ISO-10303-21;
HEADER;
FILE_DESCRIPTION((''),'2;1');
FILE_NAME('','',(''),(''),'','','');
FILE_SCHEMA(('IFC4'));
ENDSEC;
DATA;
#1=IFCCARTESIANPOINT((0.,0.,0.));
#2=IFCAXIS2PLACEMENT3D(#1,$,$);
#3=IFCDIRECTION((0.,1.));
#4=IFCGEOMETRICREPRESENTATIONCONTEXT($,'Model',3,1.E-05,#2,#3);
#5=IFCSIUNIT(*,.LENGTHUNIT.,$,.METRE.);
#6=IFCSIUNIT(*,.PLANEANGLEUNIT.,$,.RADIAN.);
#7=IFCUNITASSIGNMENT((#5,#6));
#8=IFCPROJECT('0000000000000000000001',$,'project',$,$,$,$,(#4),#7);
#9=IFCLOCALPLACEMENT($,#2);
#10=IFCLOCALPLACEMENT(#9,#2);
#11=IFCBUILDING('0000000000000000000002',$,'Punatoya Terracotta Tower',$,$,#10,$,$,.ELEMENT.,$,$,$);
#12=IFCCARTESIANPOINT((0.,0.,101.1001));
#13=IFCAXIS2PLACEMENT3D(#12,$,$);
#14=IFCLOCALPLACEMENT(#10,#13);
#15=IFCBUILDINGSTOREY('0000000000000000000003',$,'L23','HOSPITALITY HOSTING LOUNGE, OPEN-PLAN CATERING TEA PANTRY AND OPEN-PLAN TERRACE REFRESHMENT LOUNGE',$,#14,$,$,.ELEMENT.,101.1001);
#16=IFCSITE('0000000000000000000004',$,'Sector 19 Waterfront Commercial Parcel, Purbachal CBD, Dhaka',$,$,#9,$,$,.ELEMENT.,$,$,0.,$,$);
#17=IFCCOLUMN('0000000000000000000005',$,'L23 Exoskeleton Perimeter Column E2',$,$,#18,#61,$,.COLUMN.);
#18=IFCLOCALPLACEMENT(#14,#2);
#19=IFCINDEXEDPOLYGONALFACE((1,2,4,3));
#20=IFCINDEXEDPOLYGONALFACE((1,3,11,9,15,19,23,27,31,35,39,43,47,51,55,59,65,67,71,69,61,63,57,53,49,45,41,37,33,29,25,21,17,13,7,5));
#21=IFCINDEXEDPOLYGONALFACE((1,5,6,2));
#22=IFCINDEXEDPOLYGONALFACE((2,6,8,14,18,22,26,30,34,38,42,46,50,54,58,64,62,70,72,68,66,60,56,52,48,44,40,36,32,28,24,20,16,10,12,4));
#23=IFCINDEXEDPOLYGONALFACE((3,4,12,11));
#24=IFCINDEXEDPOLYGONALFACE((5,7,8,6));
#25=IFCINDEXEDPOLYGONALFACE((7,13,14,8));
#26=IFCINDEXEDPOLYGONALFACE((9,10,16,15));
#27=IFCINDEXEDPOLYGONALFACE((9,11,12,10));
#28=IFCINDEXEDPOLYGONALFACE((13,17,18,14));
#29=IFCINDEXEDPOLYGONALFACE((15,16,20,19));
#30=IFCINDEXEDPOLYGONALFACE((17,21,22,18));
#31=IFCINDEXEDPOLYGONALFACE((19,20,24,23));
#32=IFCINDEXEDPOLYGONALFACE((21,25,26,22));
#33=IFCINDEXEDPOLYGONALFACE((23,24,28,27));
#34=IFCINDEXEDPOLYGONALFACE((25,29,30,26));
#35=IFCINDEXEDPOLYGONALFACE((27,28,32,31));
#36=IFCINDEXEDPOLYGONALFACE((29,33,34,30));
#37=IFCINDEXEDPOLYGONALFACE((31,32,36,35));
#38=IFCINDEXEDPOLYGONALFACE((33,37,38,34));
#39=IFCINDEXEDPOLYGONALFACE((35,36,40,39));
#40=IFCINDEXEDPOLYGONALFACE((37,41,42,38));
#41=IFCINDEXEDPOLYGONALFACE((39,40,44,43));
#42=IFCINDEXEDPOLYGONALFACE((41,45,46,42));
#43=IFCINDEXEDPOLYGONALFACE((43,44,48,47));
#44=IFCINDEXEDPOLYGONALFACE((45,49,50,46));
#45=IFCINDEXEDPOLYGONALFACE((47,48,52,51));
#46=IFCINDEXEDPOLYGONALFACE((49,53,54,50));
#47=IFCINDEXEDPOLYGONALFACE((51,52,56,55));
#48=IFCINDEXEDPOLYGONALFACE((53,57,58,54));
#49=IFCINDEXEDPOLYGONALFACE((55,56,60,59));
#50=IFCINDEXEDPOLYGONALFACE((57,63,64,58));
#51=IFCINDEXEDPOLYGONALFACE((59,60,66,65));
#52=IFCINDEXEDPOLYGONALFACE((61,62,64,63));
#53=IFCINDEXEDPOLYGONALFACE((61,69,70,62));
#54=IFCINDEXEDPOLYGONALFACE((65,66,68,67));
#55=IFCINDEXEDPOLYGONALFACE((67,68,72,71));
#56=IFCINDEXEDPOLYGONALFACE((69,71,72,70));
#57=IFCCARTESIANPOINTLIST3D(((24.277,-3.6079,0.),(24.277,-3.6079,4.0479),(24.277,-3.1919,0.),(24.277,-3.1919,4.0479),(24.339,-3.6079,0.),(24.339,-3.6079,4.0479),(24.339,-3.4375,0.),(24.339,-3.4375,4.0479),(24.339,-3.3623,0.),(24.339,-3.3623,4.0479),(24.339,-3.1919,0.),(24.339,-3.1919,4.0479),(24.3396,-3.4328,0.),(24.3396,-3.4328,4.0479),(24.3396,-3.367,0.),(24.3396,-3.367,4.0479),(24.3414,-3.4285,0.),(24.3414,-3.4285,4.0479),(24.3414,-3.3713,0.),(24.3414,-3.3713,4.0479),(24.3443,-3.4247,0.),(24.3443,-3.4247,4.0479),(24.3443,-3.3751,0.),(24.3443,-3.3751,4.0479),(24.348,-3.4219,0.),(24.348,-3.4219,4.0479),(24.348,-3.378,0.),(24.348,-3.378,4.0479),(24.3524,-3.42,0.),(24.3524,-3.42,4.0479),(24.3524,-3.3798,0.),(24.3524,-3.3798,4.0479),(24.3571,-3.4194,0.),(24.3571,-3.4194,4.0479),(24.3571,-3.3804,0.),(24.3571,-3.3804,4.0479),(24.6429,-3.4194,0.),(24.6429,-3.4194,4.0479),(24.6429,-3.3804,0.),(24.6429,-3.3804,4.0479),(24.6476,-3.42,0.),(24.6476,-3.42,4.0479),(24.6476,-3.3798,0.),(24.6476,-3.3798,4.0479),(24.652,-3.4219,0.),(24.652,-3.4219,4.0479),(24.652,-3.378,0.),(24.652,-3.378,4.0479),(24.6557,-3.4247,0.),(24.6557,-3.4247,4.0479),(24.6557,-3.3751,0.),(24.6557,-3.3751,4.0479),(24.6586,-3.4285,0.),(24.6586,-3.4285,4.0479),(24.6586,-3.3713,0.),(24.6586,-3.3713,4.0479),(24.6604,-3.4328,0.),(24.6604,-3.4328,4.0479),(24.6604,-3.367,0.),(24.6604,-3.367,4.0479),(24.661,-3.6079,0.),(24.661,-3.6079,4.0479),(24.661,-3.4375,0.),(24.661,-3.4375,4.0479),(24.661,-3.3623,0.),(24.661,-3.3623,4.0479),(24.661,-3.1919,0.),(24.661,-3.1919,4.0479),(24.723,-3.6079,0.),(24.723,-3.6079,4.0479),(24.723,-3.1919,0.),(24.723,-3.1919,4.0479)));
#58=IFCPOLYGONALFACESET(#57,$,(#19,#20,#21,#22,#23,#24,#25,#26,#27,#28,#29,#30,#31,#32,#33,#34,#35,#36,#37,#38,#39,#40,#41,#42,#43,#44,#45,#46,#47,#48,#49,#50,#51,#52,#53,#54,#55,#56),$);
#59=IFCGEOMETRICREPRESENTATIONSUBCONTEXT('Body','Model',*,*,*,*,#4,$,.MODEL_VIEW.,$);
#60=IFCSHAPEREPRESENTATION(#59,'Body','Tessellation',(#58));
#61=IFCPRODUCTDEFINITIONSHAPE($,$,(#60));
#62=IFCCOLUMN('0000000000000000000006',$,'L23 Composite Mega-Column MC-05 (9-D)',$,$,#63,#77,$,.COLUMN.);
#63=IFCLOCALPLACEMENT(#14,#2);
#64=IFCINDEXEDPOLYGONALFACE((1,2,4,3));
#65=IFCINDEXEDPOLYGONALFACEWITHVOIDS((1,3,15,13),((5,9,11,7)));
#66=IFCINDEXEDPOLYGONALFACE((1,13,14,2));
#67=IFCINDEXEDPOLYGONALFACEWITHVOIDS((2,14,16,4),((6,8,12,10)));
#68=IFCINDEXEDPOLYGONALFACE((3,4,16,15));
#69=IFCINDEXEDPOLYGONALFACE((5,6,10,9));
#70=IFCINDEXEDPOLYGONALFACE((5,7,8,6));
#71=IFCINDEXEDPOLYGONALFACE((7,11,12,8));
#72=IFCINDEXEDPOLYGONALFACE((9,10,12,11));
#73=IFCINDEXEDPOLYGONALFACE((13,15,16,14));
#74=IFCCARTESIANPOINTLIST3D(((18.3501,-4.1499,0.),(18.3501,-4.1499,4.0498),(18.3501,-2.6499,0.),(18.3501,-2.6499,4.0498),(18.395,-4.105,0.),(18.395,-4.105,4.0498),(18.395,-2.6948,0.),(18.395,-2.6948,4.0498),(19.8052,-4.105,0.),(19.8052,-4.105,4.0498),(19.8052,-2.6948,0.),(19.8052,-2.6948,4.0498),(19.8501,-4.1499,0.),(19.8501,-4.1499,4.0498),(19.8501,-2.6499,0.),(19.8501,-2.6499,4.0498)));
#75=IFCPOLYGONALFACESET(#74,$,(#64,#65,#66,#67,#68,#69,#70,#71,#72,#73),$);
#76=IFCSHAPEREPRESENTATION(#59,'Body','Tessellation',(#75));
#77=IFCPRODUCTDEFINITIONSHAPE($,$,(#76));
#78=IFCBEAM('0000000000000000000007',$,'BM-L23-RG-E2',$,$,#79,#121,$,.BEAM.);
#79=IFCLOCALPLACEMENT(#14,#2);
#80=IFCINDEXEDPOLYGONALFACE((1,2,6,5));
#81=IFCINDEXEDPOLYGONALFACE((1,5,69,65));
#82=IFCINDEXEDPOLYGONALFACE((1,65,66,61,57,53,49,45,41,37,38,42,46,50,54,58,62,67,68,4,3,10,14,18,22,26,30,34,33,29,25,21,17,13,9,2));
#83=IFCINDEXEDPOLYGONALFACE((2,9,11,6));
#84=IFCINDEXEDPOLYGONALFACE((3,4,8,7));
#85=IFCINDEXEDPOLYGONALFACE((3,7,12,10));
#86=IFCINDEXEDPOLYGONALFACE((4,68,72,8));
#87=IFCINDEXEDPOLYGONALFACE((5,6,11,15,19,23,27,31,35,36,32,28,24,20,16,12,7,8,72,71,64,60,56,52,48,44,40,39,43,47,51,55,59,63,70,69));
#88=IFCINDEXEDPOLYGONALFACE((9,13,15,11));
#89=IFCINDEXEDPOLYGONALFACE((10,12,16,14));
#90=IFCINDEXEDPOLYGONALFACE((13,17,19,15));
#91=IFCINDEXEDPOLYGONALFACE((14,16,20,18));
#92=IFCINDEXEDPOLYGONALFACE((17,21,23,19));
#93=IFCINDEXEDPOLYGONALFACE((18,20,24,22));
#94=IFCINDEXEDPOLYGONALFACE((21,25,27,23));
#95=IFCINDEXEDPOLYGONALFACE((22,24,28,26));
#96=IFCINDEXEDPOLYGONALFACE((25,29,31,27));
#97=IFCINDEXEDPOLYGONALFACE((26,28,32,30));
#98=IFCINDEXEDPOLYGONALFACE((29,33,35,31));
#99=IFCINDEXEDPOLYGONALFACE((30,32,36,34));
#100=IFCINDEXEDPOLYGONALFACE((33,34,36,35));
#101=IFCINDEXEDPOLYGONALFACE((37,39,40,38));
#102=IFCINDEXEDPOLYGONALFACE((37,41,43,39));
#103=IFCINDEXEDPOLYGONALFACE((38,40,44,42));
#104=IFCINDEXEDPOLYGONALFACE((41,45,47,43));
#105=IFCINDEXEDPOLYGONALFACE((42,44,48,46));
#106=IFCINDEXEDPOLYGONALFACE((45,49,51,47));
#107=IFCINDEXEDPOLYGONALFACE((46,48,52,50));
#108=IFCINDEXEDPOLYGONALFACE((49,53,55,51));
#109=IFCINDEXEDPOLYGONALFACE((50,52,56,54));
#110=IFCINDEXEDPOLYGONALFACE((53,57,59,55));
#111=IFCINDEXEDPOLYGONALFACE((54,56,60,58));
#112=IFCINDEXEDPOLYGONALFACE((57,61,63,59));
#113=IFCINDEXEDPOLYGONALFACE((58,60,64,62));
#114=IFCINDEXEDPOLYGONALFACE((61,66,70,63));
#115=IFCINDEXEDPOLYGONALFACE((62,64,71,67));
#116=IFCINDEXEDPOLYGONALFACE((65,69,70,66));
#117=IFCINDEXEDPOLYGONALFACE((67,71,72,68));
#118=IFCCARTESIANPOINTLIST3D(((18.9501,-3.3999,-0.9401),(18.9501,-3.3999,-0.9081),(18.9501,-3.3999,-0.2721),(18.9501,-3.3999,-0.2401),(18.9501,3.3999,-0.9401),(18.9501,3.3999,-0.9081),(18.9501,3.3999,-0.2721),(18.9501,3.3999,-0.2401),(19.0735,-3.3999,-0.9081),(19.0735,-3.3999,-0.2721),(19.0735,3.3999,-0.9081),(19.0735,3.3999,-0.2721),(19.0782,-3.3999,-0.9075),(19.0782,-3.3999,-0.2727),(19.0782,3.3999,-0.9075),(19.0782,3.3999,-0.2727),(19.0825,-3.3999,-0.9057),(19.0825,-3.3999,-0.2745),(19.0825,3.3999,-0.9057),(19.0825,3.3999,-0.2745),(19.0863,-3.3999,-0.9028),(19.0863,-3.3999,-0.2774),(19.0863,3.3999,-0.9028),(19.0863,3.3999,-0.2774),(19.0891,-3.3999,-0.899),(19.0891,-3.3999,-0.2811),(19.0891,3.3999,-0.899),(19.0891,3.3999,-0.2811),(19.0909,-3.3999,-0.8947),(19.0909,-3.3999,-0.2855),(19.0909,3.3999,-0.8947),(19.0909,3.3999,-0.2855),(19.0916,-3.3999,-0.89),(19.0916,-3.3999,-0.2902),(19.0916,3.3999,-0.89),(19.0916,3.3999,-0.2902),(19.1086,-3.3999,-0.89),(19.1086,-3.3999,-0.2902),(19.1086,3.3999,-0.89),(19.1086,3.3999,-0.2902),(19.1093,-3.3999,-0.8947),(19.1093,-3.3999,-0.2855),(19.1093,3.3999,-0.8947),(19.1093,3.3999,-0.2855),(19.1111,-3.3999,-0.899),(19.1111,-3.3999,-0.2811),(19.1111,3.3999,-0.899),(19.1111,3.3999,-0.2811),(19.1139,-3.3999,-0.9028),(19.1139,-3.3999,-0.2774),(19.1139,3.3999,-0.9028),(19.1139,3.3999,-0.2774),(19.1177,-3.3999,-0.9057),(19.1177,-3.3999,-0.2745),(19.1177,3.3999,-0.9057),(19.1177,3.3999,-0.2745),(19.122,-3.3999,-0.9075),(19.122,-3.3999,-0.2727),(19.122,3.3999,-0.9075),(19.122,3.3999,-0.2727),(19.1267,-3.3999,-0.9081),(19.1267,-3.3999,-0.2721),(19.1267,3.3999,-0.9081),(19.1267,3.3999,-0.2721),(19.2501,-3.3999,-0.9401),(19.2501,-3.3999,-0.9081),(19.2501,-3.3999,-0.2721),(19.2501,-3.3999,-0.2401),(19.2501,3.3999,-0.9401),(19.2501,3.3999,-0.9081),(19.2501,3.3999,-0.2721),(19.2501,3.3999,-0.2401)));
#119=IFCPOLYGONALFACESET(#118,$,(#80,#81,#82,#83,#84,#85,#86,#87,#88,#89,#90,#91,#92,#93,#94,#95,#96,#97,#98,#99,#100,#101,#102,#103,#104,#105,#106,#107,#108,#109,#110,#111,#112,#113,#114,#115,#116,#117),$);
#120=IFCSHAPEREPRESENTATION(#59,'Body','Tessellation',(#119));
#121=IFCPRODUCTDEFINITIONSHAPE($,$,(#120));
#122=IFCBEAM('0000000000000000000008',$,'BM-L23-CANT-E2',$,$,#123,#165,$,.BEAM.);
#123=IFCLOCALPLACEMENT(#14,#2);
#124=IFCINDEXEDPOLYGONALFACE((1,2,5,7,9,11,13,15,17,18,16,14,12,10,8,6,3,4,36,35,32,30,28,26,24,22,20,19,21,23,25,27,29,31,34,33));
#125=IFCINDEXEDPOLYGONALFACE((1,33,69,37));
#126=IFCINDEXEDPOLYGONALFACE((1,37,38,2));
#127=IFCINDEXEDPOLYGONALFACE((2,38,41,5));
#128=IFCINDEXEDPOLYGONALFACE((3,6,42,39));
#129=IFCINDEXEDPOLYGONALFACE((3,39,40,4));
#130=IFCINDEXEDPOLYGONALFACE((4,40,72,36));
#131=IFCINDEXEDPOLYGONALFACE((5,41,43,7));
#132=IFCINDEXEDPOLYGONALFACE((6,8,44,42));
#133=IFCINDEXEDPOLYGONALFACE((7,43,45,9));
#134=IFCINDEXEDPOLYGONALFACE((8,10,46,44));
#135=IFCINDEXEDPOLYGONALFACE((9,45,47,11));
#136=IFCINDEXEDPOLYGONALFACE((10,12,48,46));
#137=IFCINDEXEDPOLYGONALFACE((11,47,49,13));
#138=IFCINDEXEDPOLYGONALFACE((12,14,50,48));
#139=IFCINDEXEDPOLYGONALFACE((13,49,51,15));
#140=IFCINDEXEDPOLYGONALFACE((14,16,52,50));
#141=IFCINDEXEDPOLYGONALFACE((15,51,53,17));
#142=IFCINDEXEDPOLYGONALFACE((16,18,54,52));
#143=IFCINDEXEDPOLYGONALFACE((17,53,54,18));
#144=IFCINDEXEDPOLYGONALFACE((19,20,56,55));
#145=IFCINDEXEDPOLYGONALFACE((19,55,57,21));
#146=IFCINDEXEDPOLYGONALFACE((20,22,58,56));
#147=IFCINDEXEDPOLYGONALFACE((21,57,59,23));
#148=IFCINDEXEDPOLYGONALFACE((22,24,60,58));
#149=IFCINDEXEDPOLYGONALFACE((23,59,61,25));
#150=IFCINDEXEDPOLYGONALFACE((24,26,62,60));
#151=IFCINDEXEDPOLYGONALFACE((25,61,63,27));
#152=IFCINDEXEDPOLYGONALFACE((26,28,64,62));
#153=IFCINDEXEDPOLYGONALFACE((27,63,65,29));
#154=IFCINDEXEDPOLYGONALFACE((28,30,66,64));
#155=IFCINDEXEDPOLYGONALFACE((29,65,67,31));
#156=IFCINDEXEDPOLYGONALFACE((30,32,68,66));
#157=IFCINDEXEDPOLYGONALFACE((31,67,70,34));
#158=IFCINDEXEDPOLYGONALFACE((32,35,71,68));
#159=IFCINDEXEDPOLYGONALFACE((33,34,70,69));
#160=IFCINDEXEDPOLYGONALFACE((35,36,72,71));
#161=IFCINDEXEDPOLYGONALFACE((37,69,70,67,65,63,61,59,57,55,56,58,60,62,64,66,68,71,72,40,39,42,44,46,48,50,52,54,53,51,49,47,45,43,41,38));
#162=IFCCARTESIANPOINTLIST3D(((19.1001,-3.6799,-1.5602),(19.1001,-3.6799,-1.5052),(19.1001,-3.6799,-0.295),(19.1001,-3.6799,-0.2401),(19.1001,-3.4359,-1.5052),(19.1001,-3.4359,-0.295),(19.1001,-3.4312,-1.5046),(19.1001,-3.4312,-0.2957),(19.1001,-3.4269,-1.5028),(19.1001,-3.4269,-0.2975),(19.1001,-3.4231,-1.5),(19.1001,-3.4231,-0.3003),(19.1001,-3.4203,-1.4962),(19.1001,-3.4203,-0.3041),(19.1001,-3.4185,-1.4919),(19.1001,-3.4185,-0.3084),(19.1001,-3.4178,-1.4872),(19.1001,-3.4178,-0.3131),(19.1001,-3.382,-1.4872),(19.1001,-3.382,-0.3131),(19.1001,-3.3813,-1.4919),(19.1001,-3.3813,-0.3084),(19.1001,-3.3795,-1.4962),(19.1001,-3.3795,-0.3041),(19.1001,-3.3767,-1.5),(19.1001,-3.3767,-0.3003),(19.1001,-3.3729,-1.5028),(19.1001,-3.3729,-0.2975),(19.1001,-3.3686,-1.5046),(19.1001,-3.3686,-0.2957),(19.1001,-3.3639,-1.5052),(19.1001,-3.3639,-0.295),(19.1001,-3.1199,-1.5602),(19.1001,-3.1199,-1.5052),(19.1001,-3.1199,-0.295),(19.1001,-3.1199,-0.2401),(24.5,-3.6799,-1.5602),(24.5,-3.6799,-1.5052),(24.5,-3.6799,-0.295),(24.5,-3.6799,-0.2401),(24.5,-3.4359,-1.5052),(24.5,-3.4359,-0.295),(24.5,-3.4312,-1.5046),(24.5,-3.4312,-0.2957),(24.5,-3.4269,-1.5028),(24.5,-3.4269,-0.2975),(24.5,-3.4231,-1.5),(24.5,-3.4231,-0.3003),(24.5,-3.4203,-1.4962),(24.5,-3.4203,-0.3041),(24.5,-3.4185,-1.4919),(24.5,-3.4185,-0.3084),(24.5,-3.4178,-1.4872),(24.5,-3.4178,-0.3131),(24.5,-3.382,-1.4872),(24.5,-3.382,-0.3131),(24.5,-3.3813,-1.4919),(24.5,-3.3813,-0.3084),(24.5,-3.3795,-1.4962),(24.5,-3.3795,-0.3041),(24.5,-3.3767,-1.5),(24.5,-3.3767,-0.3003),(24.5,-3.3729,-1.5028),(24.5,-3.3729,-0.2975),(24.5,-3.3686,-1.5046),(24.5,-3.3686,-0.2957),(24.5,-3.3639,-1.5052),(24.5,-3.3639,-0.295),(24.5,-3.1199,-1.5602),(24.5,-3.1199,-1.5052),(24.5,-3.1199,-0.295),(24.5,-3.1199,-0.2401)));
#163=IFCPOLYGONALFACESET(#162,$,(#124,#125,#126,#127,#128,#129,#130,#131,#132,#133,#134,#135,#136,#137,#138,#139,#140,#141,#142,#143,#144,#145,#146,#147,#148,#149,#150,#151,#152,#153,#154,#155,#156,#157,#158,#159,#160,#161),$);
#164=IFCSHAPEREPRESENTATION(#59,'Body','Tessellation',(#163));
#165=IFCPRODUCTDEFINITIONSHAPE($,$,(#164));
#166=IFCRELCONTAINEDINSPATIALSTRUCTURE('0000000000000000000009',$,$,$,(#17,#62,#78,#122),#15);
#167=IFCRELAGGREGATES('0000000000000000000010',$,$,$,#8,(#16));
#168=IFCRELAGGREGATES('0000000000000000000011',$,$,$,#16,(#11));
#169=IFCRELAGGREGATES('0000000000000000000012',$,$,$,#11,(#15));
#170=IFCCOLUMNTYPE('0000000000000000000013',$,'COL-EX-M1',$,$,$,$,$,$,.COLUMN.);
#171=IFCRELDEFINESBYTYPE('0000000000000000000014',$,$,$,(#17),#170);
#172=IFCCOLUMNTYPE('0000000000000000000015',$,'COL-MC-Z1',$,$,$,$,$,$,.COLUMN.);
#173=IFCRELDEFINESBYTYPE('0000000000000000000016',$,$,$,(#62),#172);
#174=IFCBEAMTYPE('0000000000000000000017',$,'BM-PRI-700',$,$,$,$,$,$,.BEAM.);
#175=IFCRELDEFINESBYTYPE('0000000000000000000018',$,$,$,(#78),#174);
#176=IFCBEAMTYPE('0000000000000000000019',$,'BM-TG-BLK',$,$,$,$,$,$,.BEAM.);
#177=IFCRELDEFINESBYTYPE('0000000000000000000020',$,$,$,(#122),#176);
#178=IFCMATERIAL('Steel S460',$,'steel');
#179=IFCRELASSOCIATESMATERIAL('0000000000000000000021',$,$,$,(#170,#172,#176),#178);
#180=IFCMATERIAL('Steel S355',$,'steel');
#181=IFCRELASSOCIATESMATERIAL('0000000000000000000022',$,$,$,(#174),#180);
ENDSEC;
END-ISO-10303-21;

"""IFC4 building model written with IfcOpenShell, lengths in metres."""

from ifc_helpers import new_model, si_unit, direction, frame, origin, origin_2d, place, context, subcontext, project, spatial, hollow_rectangle, i_section, extrude, material, material_profile, profile_set, type_object, element, save


model = new_model("IFC4")

# Units and contexts
model_context = context("Model", 3, precision=1e-05, world=origin(), true_north=direction((0.0, 1.0)))
body_context = subcontext(model_context, "Body", "Model", "MODEL_VIEW")
ifc_project = project(units=[si_unit("LENGTHUNIT", "METRE"), si_unit("PLANEANGLEUNIT", "RADIAN")], contexts=[model_context])

# Site, building, storey
site_placement = place(None, origin())
site = spatial("IfcSite", under=ifc_project, at=site_placement, Name="Sector 19 Waterfront Commercial Parcel, Purbachal CBD, Dhaka", CompositionType="ELEMENT", RefElevation=0.0)
building_placement = place(site_placement, origin())
building = spatial("IfcBuilding", under=site, at=building_placement, Name="Punatoya Terracotta Tower", CompositionType="ELEMENT")
storey_placement = place(building_placement, frame((0.0, 0.0, 101.1001)))
storey = spatial("IfcBuildingStorey", under=building, at=storey_placement, Name="L23", Description="HOSPITALITY HOSTING LOUNGE, OPEN-PLAN CATERING TEA PANTRY AND OPEN-PLAN TERRACE REFRESHMENT LOUNGE", CompositionType="ELEMENT", Elevation=101.1001)

# Columns
ifc_material_1 = material(Name="Steel S460", Category="steel")
ifc_material_profile_1 = material_profile(ifc_material_1, i_section(OverallWidth=0.416, OverallDepth=0.446, WebThickness=0.0391, FlangeThickness=0.062, FilletRadius=0.0181, at=origin_2d()))
ifc_profile_set_1 = profile_set([ifc_material_profile_1], Name="Steel S460")
column_type_1 = type_object("IfcColumnType", Name="COL-EX-M1", PredefinedType="COLUMN", material=ifc_profile_set_1)
column_1_placement = place(storey_placement, frame((24.5, -3.3999, 0.0), z_axis=(0.0, 0.0, 1.0), x_axis=(0.0, 1.0, 0.0)))
element("IfcColumn", 1, at=column_1_placement, inside=storey, type_object=column_type_1, Name="L23 Exoskeleton Perimeter Column E2", PredefinedType="COLUMN", context=body_context, shape_type="SweptSolid", body=[
    extrude(i_section(OverallWidth=0.416, OverallDepth=0.446, WebThickness=0.0391, FlangeThickness=0.062, FilletRadius=0.0181, at=origin_2d()), origin(), (0.0, 0.0, 1.0), 4.0479),
])
ifc_material_profile_2 = material_profile(ifc_material_1, hollow_rectangle(XDim=1.5, YDim=1.5, WallThickness=0.0449, at=origin_2d()))
ifc_profile_set_2 = profile_set([ifc_material_profile_2], Name="Steel S460")
column_type_2 = type_object("IfcColumnType", Name="COL-MC-Z1", PredefinedType="COLUMN", material=ifc_profile_set_2)
column_2_placement = place(storey_placement, frame((19.1001, -3.3999, 0.0), z_axis=(0.0, 0.0, 1.0), x_axis=(1.0, 0.0, 0.0)))
element("IfcColumn", 2, at=column_2_placement, inside=storey, type_object=column_type_2, Name="L23 Composite Mega-Column MC-05 (9-D)", PredefinedType="COLUMN", context=body_context, shape_type="SweptSolid", body=[
    extrude(hollow_rectangle(XDim=1.5, YDim=1.5, WallThickness=0.0449, at=origin_2d()), origin(), (0.0, 0.0, 1.0), 4.0498),
])

# Beams
ifc_material_2 = material(Name="Steel S355", Category="steel")
ifc_material_profile_3 = material_profile(ifc_material_2, i_section(OverallWidth=0.3, OverallDepth=0.7, WebThickness=0.0171, FlangeThickness=0.032, FilletRadius=0.0181, at=origin_2d()))
ifc_profile_set_3 = profile_set([ifc_material_profile_3], Name="Steel S355")
beam_type_1 = type_object("IfcBeamType", Name="BM-PRI-700", PredefinedType="BEAM", material=ifc_profile_set_3)
beam_1_placement = place(storey_placement, frame((19.1001, -3.3999, -0.5901), z_axis=(0.0, 1.0, 0.0), x_axis=(-1.0, 0.0, 0.0)))
element("IfcBeam", 3, at=beam_1_placement, inside=storey, type_object=beam_type_1, Name="BM-L23-RG-E2", PredefinedType="BEAM", context=body_context, shape_type="SweptSolid", body=[
    extrude(i_section(OverallWidth=0.3, OverallDepth=0.7, WebThickness=0.0171, FlangeThickness=0.032, FilletRadius=0.0181, at=origin_2d()), origin(), (0.0, 0.0, 1.0), 6.7998),
])
ifc_material_profile_4 = material_profile(ifc_material_1, i_section(OverallWidth=0.5601, OverallDepth=1.3201, WebThickness=0.0359, FlangeThickness=0.0549, FilletRadius=0.0181, at=origin_2d()))
ifc_profile_set_4 = profile_set([ifc_material_profile_4], Name="Steel S460")
beam_type_2 = type_object("IfcBeamType", Name="BM-TG-BLK", PredefinedType="BEAM", material=ifc_profile_set_4)
beam_2_placement = place(storey_placement, frame((19.1001, -3.3999, -0.9001), z_axis=(1.0, 0.0, 0.0), x_axis=(0.0, 1.0, 0.0)))
element("IfcBeam", 4, at=beam_2_placement, inside=storey, type_object=beam_type_2, Name="BM-L23-CANT-E2", PredefinedType="BEAM", context=body_context, shape_type="SweptSolid", body=[
    extrude(i_section(OverallWidth=0.5601, OverallDepth=1.3201, WebThickness=0.0359, FlangeThickness=0.0549, FilletRadius=0.0181, at=origin_2d()), origin(), (0.0, 0.0, 1.0), 5.3999),
])

save(model, "model.ifc")
